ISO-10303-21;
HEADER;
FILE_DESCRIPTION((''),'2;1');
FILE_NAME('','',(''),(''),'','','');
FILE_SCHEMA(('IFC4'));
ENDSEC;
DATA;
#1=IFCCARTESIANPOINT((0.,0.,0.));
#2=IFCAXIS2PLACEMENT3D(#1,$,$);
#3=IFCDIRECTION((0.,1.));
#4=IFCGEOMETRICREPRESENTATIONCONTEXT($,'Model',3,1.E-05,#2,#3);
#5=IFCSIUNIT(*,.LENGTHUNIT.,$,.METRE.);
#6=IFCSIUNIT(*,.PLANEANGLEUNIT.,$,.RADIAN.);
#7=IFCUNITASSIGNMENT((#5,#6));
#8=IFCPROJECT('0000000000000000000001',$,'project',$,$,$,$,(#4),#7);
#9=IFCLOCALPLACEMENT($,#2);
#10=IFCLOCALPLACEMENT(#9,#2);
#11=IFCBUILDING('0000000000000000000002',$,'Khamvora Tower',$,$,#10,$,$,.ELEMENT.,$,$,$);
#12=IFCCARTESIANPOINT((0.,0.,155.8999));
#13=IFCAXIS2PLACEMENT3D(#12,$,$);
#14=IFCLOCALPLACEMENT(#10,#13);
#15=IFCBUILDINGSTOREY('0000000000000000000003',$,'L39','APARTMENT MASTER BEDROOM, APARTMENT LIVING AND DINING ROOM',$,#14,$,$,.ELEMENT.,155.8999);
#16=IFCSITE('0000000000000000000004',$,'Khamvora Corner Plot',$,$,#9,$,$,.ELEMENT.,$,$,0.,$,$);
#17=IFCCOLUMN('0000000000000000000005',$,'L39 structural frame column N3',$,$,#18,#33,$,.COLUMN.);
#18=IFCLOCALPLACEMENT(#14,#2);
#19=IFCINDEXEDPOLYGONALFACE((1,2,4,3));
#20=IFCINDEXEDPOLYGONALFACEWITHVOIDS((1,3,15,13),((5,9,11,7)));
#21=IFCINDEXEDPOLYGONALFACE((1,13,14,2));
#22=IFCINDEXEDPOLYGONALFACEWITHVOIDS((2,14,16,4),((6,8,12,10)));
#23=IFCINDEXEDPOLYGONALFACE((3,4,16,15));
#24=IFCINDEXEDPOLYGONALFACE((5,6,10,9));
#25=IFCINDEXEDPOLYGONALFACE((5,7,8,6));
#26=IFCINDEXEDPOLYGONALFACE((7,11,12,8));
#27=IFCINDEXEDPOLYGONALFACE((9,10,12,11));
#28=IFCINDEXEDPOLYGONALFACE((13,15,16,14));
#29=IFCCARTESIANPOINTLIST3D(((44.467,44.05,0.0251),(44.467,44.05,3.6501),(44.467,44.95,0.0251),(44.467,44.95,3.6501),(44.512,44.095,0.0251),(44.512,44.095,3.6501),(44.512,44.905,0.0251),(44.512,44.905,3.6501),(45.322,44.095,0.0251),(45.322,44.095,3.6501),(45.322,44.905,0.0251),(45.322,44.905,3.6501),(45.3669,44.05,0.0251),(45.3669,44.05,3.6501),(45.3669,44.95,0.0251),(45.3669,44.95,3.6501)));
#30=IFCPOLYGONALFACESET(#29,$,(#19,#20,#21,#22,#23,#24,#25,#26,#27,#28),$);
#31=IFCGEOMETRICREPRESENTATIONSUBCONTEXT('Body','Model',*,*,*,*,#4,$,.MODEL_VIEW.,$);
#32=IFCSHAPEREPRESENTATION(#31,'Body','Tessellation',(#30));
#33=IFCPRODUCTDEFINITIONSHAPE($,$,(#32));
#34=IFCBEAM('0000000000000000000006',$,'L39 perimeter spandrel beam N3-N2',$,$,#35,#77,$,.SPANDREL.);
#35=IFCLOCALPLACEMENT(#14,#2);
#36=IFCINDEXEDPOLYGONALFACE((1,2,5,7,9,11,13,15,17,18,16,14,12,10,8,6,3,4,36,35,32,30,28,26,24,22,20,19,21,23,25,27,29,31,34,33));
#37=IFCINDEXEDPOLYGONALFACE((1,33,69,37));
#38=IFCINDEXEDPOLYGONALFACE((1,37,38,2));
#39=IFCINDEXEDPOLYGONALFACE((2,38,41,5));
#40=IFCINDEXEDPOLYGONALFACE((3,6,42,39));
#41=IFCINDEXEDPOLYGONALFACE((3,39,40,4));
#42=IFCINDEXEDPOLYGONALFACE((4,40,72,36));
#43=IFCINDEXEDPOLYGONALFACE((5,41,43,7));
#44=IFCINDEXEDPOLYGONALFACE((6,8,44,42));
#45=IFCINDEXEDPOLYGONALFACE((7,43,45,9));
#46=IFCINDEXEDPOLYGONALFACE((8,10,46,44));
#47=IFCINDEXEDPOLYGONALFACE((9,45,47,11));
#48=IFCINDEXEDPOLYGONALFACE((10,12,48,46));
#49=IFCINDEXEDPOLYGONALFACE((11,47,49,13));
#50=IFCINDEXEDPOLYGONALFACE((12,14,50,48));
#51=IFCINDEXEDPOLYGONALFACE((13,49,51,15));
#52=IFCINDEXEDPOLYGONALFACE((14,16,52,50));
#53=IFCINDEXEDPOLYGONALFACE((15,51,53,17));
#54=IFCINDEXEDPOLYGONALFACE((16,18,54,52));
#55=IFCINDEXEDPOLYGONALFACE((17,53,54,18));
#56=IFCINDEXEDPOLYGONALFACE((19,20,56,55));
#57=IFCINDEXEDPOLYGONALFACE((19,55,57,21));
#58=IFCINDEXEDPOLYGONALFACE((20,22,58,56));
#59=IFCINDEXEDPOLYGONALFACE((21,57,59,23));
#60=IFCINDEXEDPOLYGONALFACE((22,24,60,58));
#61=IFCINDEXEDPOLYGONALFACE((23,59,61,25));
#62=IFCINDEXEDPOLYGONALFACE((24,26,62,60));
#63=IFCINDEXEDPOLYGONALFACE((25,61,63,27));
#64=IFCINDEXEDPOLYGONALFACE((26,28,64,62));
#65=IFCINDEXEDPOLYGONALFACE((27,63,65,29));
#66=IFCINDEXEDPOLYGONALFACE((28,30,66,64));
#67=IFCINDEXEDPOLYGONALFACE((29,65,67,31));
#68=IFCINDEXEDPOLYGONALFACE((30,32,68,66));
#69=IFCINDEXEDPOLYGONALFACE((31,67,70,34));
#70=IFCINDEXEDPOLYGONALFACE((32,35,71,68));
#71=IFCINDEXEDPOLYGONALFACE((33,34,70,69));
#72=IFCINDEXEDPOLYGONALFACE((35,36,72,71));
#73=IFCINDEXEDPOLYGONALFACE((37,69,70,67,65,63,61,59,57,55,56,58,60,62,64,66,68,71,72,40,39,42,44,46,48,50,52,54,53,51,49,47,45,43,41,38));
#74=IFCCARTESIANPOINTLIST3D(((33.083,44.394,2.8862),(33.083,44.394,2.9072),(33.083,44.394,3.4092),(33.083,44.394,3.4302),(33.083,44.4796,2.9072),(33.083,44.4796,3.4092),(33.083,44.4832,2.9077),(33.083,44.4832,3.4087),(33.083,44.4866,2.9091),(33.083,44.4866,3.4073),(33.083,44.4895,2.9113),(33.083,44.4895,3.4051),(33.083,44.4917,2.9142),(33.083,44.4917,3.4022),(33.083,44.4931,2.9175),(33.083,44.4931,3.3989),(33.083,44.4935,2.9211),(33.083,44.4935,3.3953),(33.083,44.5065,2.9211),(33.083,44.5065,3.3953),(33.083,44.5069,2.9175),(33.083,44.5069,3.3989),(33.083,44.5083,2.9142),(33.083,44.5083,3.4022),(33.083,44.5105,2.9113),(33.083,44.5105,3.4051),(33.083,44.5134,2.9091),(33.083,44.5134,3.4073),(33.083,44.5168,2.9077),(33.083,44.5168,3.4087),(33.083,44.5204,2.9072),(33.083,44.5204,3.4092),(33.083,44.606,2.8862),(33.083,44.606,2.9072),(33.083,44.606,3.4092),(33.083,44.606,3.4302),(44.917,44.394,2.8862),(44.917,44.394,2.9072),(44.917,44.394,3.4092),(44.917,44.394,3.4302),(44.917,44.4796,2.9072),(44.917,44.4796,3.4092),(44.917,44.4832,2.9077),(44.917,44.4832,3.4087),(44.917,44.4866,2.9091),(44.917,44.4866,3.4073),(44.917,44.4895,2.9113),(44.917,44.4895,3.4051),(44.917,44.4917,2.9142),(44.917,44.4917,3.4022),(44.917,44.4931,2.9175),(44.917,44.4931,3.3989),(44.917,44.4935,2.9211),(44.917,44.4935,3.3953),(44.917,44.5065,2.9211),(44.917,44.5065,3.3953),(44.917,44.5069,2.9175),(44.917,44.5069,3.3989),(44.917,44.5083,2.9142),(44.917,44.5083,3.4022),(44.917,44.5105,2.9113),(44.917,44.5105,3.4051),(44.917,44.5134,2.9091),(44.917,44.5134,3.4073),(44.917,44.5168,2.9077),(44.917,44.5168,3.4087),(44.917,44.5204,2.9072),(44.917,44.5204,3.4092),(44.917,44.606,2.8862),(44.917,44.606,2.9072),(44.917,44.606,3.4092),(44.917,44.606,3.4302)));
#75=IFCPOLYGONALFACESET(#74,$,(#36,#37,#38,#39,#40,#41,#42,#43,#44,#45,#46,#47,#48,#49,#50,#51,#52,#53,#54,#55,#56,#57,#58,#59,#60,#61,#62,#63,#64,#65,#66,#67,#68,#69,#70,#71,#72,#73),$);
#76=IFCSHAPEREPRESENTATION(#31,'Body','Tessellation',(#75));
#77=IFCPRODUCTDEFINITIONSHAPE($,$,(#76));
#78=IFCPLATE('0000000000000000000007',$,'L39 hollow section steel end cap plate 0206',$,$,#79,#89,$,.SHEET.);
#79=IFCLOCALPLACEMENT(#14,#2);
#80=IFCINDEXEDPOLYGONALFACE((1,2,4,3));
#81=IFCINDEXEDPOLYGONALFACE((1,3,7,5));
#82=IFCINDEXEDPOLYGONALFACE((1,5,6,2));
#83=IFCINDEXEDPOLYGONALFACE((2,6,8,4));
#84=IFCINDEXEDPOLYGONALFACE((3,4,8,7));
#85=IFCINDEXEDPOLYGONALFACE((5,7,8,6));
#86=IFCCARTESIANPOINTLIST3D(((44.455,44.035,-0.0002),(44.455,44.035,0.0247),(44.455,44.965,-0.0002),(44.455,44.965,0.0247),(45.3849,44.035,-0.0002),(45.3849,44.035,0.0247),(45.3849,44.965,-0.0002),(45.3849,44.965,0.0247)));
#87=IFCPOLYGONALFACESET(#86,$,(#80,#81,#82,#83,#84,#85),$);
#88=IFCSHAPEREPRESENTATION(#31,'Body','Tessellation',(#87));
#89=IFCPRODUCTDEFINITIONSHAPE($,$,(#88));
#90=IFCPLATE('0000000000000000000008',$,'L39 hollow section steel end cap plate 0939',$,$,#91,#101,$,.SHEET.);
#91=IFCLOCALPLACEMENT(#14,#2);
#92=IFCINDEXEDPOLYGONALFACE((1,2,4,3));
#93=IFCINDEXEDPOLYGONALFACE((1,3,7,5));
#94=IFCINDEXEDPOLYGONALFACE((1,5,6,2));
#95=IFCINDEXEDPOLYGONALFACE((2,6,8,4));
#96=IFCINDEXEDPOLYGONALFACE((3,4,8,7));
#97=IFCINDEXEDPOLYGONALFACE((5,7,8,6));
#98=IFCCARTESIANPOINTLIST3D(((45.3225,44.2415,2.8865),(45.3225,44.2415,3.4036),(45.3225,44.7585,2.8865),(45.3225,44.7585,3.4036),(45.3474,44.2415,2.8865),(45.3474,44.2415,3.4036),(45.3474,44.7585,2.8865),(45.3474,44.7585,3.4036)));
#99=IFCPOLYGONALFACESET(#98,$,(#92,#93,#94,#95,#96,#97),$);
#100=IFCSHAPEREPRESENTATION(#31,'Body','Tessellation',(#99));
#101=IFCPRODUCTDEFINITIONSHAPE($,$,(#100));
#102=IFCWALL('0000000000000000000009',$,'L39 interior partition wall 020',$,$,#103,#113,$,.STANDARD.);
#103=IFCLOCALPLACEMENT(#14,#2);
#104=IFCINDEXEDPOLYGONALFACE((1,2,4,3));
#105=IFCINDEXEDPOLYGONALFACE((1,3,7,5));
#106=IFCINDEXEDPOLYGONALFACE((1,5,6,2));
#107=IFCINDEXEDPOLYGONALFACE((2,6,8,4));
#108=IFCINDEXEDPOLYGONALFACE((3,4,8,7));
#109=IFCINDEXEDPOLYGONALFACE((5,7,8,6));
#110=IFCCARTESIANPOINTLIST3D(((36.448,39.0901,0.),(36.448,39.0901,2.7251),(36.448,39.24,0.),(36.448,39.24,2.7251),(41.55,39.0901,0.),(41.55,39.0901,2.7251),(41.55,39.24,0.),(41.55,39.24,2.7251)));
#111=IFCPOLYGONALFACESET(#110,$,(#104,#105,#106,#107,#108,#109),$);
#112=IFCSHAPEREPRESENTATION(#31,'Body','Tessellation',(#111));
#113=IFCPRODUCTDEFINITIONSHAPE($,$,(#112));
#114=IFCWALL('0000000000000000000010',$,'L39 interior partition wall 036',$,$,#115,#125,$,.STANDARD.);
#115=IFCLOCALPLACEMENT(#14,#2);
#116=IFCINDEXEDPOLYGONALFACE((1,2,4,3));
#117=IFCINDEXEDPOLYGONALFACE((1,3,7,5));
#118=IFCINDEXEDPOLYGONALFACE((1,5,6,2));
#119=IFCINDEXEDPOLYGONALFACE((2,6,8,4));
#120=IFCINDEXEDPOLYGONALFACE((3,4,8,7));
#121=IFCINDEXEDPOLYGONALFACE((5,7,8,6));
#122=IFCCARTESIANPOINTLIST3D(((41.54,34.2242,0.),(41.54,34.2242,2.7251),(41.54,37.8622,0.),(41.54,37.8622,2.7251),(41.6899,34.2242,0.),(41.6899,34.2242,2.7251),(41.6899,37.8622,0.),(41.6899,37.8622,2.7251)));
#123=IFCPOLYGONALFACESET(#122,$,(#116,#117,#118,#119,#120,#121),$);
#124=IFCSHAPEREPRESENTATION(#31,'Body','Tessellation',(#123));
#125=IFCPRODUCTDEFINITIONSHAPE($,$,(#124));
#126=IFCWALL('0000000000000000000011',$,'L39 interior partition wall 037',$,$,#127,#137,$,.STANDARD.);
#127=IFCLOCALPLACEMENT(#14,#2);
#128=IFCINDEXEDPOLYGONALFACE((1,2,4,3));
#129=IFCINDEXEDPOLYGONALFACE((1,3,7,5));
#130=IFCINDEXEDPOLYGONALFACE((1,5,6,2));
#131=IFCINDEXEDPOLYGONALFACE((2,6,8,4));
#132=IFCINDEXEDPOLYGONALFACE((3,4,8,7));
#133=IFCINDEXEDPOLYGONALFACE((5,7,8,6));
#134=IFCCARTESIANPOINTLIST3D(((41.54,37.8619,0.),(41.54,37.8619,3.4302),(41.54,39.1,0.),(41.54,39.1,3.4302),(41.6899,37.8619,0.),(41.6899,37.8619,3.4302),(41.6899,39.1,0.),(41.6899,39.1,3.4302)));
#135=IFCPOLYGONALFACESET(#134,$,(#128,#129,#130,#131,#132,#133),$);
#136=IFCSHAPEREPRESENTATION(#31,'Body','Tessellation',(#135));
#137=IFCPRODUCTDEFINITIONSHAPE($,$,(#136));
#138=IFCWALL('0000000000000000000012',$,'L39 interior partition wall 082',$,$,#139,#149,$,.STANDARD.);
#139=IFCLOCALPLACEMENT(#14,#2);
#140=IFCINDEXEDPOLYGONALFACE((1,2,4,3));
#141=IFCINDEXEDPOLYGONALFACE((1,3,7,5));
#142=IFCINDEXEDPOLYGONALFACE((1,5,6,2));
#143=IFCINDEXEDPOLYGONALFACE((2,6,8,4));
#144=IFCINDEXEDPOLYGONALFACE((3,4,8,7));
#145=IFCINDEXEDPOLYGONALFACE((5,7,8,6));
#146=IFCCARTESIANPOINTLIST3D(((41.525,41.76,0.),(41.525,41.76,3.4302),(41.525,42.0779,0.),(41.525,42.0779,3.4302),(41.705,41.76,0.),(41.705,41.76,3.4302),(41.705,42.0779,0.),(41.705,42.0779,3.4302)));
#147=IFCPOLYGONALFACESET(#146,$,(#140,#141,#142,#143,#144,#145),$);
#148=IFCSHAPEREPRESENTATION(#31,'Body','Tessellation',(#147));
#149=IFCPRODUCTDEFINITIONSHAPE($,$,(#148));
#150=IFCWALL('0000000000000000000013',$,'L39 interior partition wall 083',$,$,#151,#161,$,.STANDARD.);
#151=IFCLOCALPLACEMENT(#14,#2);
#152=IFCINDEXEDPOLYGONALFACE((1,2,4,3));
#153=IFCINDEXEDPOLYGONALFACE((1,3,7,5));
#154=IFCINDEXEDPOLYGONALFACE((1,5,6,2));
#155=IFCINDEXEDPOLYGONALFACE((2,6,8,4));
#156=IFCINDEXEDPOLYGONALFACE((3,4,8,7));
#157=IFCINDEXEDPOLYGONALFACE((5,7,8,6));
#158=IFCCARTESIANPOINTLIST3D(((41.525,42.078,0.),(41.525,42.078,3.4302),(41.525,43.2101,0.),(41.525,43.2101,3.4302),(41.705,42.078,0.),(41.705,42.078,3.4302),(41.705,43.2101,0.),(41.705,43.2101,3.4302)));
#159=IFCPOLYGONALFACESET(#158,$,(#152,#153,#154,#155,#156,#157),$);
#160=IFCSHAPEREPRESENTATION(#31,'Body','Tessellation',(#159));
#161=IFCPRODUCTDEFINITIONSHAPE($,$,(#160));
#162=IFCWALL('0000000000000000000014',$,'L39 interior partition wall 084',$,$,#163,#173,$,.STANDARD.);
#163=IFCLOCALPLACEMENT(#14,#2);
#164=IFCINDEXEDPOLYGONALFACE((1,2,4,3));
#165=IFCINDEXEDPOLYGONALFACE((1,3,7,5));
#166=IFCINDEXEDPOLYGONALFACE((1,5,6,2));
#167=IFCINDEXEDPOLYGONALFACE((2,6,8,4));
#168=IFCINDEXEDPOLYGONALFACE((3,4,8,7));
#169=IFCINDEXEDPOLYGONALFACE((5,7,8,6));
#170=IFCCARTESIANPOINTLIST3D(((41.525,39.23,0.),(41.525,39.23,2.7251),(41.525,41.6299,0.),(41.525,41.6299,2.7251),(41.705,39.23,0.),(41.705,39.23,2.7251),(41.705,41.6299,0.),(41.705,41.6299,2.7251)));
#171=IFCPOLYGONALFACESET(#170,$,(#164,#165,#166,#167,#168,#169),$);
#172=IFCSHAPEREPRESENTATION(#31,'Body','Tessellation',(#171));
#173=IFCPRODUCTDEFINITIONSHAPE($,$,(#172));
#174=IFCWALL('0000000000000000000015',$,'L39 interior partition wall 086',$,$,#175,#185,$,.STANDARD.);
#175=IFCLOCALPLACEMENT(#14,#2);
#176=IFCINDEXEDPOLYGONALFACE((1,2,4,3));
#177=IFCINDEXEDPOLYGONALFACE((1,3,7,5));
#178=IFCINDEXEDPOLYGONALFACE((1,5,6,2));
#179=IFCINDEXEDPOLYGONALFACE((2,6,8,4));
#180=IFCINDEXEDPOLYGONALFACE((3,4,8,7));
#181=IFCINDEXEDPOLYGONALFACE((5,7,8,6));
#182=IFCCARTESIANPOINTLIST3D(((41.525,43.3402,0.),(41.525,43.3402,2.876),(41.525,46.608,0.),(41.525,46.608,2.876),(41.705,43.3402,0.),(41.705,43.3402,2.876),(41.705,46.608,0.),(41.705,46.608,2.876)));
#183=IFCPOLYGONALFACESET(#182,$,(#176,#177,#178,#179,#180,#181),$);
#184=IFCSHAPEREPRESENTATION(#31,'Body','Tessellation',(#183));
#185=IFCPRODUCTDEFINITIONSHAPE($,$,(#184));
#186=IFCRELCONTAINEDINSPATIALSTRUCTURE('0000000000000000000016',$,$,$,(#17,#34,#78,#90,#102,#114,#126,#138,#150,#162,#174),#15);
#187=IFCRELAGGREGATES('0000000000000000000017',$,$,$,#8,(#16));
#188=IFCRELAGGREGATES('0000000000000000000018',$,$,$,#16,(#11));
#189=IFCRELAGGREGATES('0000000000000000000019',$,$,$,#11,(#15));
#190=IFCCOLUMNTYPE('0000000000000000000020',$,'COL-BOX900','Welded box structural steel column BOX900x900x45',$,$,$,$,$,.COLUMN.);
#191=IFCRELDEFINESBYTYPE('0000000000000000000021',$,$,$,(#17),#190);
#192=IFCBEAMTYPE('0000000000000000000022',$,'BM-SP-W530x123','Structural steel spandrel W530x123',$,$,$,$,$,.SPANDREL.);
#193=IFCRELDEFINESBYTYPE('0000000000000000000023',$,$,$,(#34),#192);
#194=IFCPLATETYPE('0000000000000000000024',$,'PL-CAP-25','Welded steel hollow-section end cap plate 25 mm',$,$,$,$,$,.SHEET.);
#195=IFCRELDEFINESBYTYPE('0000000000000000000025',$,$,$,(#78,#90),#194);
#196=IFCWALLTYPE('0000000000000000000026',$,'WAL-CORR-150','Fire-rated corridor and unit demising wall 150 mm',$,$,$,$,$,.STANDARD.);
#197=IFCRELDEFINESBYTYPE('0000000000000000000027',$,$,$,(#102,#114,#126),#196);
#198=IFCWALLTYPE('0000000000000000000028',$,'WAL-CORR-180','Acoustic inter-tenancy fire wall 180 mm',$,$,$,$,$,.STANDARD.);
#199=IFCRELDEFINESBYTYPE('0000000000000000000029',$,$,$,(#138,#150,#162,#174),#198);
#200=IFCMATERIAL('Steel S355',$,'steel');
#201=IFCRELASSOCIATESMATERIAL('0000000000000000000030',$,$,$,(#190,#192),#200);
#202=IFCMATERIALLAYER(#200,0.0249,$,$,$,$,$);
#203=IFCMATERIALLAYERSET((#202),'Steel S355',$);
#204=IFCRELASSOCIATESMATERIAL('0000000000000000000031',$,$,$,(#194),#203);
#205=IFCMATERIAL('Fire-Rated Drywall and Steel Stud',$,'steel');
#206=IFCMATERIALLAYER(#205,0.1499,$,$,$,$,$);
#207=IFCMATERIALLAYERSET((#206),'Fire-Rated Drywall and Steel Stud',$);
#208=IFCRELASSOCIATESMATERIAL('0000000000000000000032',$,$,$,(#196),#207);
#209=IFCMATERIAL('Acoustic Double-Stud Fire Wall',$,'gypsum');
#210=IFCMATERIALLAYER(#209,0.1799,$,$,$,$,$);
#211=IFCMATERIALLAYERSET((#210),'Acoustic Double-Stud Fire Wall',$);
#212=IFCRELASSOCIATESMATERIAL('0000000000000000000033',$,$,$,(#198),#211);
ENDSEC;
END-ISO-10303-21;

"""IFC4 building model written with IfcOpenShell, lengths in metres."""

from ifc_helpers import new_model, si_unit, direction, frame, frame_2d, origin, origin_2d, place, context, subcontext, project, spatial, rectangle, hollow_rectangle, i_section, extrude, material, layer, layer_set, material_profile, profile_set, type_object, element, save


model = new_model("IFC4")

# Units and contexts
model_context = context("Model", 3, precision=1e-05, world=origin(), true_north=direction((0.0, 1.0)))
body_context = subcontext(model_context, "Body", "Model", "MODEL_VIEW")
ifc_project = project(units=[si_unit("LENGTHUNIT", "METRE"), si_unit("PLANEANGLEUNIT", "RADIAN")], contexts=[model_context])

# Site, building, storey
site_placement = place(None, origin())
site = spatial("IfcSite", under=ifc_project, at=site_placement, Name="Khamvora Corner Plot", CompositionType="ELEMENT", RefElevation=0.0)
building_placement = place(site_placement, origin())
building = spatial("IfcBuilding", under=site, at=building_placement, Name="Khamvora Tower", CompositionType="ELEMENT")
storey_placement = place(building_placement, frame((0.0, 0.0, 155.8999)))
storey = spatial("IfcBuildingStorey", under=building, at=storey_placement, Name="L39", Description="APARTMENT MASTER BEDROOM, APARTMENT LIVING AND DINING ROOM", CompositionType="ELEMENT", Elevation=155.8999)

# Column
ifc_material_1 = material(Name="Steel S355", Category="steel")
ifc_material_profile_1 = material_profile(ifc_material_1, hollow_rectangle(XDim=0.8999, YDim=0.8999, WallThickness=0.0449, at=origin_2d()), Name="BOX900x900x45")
ifc_profile_set_1 = profile_set([ifc_material_profile_1], Name="Steel S355")
column_type = type_object("IfcColumnType", Name="COL-BOX900", Description="Welded box structural steel column BOX900x900x45", PredefinedType="COLUMN", material=ifc_profile_set_1)
column_placement = place(storey_placement, frame((44.917, 44.5, 0.0251), z_axis=(0.0, 0.0, 1.0), x_axis=(1.0, 0.0, 0.0)))
element("IfcColumn", 1, at=column_placement, inside=storey, type_object=column_type, Name="L39 structural frame column N3", PredefinedType="COLUMN", context=body_context, shape_type="SweptSolid", body=[
    extrude(hollow_rectangle(XDim=0.8999, YDim=0.8999, WallThickness=0.0449, at=origin_2d()), origin(), (0.0, 0.0, 1.0), 3.625),
])

# Beam
ifc_material_profile_2 = material_profile(ifc_material_1, i_section(OverallWidth=0.2119, OverallDepth=0.5439, WebThickness=0.0129, FlangeThickness=0.021, FilletRadius=0.0139, at=origin_2d()), Name="W530x123")
ifc_profile_set_2 = profile_set([ifc_material_profile_2], Name="Steel S355")
beam_type = type_object("IfcBeamType", Name="BM-SP-W530x123", Description="Structural steel spandrel W530x123", PredefinedType="SPANDREL", material=ifc_profile_set_2)
beam_placement = place(storey_placement, frame((44.917, 44.5, 3.1582), z_axis=(-1.0, 0.0, 0.0), x_axis=(0.0, -1.0, 0.0)))
element("IfcBeam", 2, at=beam_placement, inside=storey, type_object=beam_type, Name="L39 perimeter spandrel beam N3-N2", PredefinedType="SPANDREL", context=body_context, shape_type="SweptSolid", body=[
    extrude(i_section(OverallWidth=0.2119, OverallDepth=0.5439, WebThickness=0.0129, FlangeThickness=0.021, FilletRadius=0.0139, at=origin_2d()), origin(), (0.0, 0.0, 1.0), 11.834),
])

# Plates
ifc_layer_1 = layer(ifc_material_1, 0.0249)
ifc_layer_set_1 = layer_set([ifc_layer_1], Name="Steel S355")
plate_type = type_object("IfcPlateType", Name="PL-CAP-25", Description="Welded steel hollow-section end cap plate 25 mm", PredefinedType="SHEET", material=ifc_layer_set_1)
plate_1_placement = place(storey_placement, frame((44.9199, 44.5, -0.0002), z_axis=(0.0, 0.0, 1.0), x_axis=(1.0, 0.0, 0.0)))
element("IfcPlate", 3, at=plate_1_placement, inside=storey, type_object=plate_type, Name="L39 hollow section steel end cap plate 0206", PredefinedType="SHEET", context=body_context, shape_type="SweptSolid", body=[
    extrude(rectangle(XDim=0.9299, YDim=0.9299, at=origin_2d()), origin(), (0.0, 0.0, 1.0), 0.0249),
])
plate_2_placement = place(storey_placement, frame((45.335, 44.5, 2.8865), z_axis=(0.0, 0.0, 1.0), x_axis=(-1.0, 0.0, 0.0)))
element("IfcPlate", 4, at=plate_2_placement, inside=storey, type_object=plate_type, Name="L39 hollow section steel end cap plate 0939", PredefinedType="SHEET", context=body_context, shape_type="SweptSolid", body=[
    extrude(rectangle(XDim=0.0249, YDim=0.5171, at=origin_2d()), origin(), (0.0, 0.0, 1.0), 0.5171),
])

# Shared definitions
ifc_material_2 = material(Name="Fire-Rated Drywall and Steel Stud", Category="steel")
ifc_layer_2 = layer(ifc_material_2, 0.1499)
ifc_layer_set_2 = layer_set([ifc_layer_2], Name="Fire-Rated Drywall and Steel Stud")
wall_type_1 = type_object("IfcWallType", Name="WAL-CORR-150", Description="Fire-rated corridor and unit demising wall 150 mm", PredefinedType="STANDARD", material=ifc_layer_set_2)

# Walls
wall_1_placement = place(storey_placement, frame((36.448, 39.165, 0.0), z_axis=(0.0, 0.0, 1.0), x_axis=(1.0, 0.0, 0.0)))
element("IfcWall", 5, at=wall_1_placement, inside=storey, type_object=wall_type_1, Name="L39 interior partition wall 020", PredefinedType="STANDARD", context=body_context, shape_type="SweptSolid", body=[
    extrude(rectangle(XDim=5.1021, YDim=0.1499, at=frame_2d((2.551, 0.0))), origin(), (0.0, 0.0, 1.0), 2.7251),
])
wall_2_placement = place(storey_placement, frame((41.615, 37.8621, 0.0), z_axis=(0.0, 0.0, 1.0), x_axis=(0.0, -1.0, 0.0)))
element("IfcWall", 6, at=wall_2_placement, inside=storey, type_object=wall_type_1, Name="L39 interior partition wall 036", PredefinedType="STANDARD", context=body_context, shape_type="SweptSolid", body=[
    extrude(rectangle(XDim=3.6379, YDim=0.1499, at=frame_2d((1.8188, 0.0))), origin(), (0.0, 0.0, 1.0), 2.7251),
])
wall_3_placement = place(storey_placement, frame((41.615, 39.1001, 0.0), z_axis=(0.0, 0.0, 1.0), x_axis=(0.0, -1.0, 0.0)))
element("IfcWall", 7, at=wall_3_placement, inside=storey, type_object=wall_type_1, Name="L39 interior partition wall 037", PredefinedType="STANDARD", context=body_context, shape_type="SweptSolid", body=[
    extrude(rectangle(XDim=1.238, YDim=0.1499, at=frame_2d((0.6191, 0.0))), origin(), (0.0, 0.0, 1.0), 3.4302),
])
ifc_material_3 = material(Name="Acoustic Double-Stud Fire Wall", Category="gypsum")
ifc_layer_3 = layer(ifc_material_3, 0.1799)
ifc_layer_set_3 = layer_set([ifc_layer_3], Name="Acoustic Double-Stud Fire Wall")
wall_type_2 = type_object("IfcWallType", Name="WAL-CORR-180", Description="Acoustic inter-tenancy fire wall 180 mm", PredefinedType="STANDARD", material=ifc_layer_set_3)
wall_4_placement = place(storey_placement, frame((41.615, 42.0779, 0.0), z_axis=(0.0, 0.0, 1.0), x_axis=(0.0, -1.0, 0.0)))
element("IfcWall", 8, at=wall_4_placement, inside=storey, type_object=wall_type_2, Name="L39 interior partition wall 082", PredefinedType="STANDARD", context=body_context, shape_type="SweptSolid", body=[
    extrude(rectangle(XDim=0.3179, YDim=0.1799, at=frame_2d((0.1589, 0.0))), origin(), (0.0, 0.0, 1.0), 3.4302),
])
wall_5_placement = place(storey_placement, frame((41.615, 43.21, 0.0), z_axis=(0.0, 0.0, 1.0), x_axis=(0.0, -1.0, 0.0)))
element("IfcWall", 9, at=wall_5_placement, inside=storey, type_object=wall_type_2, Name="L39 interior partition wall 083", PredefinedType="STANDARD", context=body_context, shape_type="SweptSolid", body=[
    extrude(rectangle(XDim=1.1321, YDim=0.1799, at=frame_2d((0.5659, 0.0))), origin(), (0.0, 0.0, 1.0), 3.4302),
])
wall_6_placement = place(storey_placement, frame((41.615, 41.6299, 0.0), z_axis=(0.0, 0.0, 1.0), x_axis=(0.0, -1.0, 0.0)))
element("IfcWall", 10, at=wall_6_placement, inside=storey, type_object=wall_type_2, Name="L39 interior partition wall 084", PredefinedType="STANDARD", context=body_context, shape_type="SweptSolid", body=[
    extrude(rectangle(XDim=2.3999, YDim=0.1799, at=frame_2d((1.2, 0.0))), origin(), (0.0, 0.0, 1.0), 2.7251),
])
wall_7_placement = place(storey_placement, frame((41.615, 46.6079, 0.0), z_axis=(0.0, 0.0, 1.0), x_axis=(0.0, -1.0, 0.0)))
element("IfcWall", 11, at=wall_7_placement, inside=storey, type_object=wall_type_2, Name="L39 interior partition wall 086", PredefinedType="STANDARD", context=body_context, shape_type="SweptSolid", body=[
    extrude(rectangle(XDim=3.2678, YDim=0.1799, at=frame_2d((1.6338, 0.0))), origin(), (0.0, 0.0, 1.0), 2.876),
])

save(model, "model.ifc")
